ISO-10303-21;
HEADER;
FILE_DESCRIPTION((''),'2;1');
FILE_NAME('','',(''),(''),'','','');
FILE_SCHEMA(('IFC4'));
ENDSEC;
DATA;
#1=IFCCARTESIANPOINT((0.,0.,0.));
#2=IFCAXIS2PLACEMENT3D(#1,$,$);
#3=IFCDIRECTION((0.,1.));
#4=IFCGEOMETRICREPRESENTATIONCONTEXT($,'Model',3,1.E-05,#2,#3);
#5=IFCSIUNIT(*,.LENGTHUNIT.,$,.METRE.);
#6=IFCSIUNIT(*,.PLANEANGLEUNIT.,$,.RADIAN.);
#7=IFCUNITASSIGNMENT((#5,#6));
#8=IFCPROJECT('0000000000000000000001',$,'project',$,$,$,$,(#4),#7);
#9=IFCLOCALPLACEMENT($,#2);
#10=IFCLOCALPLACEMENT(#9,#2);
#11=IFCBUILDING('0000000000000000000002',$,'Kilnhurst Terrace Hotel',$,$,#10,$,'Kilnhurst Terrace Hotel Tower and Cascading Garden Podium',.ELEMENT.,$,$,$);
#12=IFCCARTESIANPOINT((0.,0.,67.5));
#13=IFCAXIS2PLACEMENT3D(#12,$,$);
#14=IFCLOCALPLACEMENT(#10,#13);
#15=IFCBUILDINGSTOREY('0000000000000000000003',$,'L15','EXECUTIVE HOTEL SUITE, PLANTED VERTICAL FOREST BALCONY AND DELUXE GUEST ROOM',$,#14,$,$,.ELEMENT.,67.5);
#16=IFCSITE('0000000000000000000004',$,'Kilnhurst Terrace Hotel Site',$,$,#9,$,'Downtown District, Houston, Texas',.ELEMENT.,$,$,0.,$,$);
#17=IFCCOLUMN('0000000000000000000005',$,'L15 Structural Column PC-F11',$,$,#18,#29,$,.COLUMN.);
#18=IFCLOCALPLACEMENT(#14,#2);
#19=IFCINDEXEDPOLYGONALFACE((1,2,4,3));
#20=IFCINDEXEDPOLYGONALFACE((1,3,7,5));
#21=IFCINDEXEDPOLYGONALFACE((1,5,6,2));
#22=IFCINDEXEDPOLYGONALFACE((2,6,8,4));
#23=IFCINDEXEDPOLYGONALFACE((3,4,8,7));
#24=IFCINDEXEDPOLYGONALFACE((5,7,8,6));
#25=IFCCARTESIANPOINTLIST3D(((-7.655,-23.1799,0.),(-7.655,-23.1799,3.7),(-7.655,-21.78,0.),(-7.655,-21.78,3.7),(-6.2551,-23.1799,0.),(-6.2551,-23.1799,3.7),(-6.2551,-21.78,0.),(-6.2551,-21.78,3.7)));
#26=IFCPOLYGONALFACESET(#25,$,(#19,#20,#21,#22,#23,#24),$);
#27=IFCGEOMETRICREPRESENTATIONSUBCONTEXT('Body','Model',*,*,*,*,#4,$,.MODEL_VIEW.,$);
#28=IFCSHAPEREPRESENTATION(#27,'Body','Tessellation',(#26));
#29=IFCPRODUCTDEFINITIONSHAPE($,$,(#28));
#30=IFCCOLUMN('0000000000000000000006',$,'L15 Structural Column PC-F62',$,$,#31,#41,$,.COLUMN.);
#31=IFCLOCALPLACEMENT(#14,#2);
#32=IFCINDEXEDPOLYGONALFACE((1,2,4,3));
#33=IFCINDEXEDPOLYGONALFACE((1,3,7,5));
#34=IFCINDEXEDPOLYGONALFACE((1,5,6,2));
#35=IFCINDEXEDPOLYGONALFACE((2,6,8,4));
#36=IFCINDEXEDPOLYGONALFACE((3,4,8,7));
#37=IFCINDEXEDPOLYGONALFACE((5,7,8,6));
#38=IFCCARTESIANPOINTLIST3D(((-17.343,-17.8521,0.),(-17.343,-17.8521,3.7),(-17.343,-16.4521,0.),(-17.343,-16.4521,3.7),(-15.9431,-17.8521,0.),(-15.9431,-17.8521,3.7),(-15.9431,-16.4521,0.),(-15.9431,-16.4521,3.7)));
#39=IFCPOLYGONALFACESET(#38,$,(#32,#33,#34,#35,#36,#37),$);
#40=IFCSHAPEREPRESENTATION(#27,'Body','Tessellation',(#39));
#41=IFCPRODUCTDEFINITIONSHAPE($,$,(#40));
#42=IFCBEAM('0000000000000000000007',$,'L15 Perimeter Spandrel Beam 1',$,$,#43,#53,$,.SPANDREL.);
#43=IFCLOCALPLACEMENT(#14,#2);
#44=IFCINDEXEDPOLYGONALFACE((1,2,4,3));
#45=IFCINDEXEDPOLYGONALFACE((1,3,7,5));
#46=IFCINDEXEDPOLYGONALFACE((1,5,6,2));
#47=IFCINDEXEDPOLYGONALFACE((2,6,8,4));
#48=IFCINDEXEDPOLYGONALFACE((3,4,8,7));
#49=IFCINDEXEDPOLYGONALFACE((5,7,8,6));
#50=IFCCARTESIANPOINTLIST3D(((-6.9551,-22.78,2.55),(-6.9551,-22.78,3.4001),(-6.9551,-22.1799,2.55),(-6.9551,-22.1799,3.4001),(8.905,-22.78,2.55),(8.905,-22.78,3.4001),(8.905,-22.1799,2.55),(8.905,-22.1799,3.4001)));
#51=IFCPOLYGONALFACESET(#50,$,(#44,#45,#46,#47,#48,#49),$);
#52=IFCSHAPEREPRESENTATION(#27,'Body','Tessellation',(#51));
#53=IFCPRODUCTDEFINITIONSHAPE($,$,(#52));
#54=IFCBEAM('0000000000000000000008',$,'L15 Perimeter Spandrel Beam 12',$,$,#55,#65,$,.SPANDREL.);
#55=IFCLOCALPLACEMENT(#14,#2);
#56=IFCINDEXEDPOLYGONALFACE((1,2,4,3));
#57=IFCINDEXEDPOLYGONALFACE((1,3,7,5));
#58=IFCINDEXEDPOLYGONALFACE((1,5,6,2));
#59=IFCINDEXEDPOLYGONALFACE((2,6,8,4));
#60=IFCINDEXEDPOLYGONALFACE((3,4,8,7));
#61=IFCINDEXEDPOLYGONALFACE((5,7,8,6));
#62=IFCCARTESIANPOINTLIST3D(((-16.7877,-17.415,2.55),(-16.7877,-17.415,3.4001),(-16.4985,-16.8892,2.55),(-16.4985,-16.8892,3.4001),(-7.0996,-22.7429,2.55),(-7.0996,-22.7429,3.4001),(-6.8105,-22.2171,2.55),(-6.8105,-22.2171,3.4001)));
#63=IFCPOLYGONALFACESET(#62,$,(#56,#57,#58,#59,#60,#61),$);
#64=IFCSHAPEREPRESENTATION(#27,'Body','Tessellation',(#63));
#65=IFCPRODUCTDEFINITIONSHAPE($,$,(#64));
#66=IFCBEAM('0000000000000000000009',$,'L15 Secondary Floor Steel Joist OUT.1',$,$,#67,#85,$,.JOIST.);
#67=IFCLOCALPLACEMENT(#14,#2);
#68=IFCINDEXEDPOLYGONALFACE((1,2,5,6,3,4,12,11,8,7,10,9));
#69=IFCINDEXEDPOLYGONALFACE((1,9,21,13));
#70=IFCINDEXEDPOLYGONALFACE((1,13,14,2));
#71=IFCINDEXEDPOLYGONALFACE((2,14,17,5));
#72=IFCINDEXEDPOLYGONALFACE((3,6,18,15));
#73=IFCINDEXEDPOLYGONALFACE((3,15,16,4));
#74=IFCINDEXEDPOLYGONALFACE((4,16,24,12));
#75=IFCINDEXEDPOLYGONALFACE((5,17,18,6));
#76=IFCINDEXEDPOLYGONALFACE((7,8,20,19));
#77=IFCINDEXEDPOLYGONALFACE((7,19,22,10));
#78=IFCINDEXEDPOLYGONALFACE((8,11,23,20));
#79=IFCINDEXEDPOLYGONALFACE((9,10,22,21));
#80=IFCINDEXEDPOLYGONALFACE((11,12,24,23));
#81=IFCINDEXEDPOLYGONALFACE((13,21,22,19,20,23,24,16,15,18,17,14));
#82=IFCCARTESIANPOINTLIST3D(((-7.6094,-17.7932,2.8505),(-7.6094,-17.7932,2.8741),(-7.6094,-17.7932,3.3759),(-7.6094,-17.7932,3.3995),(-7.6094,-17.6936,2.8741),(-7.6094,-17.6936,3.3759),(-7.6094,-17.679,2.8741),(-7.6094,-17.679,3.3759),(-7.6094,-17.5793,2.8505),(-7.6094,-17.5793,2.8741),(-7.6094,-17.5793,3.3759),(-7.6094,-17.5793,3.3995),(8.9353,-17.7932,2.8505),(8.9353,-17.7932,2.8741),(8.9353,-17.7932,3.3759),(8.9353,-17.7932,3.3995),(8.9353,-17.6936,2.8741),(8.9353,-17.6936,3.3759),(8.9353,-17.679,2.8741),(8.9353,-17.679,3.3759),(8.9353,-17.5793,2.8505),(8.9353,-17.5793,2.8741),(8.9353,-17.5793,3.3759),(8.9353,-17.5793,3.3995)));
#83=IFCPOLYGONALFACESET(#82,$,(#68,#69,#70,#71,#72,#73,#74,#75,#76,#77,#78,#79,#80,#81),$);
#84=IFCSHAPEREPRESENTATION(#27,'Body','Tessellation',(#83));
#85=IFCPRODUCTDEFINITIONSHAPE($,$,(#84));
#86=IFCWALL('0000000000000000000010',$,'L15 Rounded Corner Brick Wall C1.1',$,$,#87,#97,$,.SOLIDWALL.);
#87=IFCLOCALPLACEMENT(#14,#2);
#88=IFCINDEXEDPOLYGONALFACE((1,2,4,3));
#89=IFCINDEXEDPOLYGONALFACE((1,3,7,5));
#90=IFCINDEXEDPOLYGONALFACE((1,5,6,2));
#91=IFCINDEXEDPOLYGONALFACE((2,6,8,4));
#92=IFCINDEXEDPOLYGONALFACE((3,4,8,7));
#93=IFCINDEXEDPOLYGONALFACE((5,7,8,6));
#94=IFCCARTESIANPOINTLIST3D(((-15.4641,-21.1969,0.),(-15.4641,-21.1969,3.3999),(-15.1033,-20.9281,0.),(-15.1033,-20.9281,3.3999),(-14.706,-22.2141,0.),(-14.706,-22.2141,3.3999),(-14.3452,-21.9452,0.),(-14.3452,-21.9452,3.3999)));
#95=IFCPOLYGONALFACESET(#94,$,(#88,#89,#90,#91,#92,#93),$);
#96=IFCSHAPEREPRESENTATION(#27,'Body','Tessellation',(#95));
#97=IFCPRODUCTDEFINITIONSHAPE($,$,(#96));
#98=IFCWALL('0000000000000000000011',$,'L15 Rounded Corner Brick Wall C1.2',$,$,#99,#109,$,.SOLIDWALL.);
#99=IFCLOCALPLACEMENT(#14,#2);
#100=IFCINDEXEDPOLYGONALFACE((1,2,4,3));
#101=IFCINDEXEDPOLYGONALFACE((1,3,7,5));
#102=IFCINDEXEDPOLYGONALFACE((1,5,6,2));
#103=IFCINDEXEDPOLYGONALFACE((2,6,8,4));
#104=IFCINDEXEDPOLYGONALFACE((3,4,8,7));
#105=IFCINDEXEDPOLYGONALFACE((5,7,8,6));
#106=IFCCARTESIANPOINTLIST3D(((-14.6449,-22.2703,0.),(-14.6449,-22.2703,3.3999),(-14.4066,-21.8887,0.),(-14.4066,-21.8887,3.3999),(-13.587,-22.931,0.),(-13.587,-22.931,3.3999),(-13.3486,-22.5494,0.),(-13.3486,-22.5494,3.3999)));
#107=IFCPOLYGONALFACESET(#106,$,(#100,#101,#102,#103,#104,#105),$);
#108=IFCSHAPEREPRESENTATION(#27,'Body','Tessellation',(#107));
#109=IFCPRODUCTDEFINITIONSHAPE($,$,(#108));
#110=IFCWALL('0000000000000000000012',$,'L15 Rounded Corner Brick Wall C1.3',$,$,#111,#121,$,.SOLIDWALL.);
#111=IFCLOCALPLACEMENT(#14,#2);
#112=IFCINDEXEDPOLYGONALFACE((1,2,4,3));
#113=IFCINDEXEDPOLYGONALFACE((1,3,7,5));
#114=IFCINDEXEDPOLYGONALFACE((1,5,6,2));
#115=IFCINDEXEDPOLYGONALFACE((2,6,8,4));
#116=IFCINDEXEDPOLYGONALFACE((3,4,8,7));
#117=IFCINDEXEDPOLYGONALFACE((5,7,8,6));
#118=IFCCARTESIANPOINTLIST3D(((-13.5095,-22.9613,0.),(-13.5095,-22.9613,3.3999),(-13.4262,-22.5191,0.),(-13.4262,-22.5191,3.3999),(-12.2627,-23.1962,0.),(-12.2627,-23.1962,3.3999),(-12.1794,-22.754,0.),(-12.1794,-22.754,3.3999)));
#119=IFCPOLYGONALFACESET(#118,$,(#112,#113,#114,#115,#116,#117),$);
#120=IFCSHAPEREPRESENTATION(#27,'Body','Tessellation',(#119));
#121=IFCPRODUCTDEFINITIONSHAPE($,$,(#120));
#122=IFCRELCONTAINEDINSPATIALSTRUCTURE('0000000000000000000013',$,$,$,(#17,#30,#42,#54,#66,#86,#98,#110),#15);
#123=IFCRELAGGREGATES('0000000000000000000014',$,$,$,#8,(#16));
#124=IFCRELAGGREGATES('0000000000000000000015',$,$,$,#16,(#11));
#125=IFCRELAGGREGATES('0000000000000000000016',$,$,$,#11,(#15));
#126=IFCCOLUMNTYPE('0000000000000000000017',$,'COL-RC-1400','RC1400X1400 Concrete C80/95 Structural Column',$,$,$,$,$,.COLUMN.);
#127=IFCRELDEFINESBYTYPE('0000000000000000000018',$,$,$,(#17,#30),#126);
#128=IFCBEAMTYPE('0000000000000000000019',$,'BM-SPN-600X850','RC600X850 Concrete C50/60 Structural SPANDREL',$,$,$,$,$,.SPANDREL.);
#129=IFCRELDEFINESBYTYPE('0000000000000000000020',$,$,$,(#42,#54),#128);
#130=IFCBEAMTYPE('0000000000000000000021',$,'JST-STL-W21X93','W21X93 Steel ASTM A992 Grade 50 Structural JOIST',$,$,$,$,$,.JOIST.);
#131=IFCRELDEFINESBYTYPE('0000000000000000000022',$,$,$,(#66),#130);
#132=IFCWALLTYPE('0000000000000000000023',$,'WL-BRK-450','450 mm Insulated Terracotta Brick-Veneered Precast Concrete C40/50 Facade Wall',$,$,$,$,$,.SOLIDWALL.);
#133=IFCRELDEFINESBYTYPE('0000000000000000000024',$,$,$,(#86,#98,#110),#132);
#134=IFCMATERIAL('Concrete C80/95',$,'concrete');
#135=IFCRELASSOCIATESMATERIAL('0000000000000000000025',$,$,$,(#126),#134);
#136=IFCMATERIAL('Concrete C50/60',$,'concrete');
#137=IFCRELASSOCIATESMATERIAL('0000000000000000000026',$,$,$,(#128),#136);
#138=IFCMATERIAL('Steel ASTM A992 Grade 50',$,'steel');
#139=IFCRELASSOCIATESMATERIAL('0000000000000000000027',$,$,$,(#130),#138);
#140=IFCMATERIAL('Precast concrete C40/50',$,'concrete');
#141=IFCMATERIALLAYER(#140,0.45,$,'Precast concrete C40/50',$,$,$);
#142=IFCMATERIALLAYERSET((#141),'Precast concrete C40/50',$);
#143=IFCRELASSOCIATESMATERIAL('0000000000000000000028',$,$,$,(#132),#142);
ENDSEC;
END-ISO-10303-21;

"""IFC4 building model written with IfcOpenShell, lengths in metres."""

from ifc_helpers import new_model, si_unit, direction, frame, frame_2d, origin, origin_2d, place, context, subcontext, project, spatial, rectangle, i_section, extrude, material, layer, layer_set, material_profile, profile_set, type_object, element, save


model = new_model("IFC4")

# Units and contexts
model_context = context("Model", 3, precision=1e-05, world=origin(), true_north=direction((0.0, 1.0)))
body_context = subcontext(model_context, "Body", "Model", "MODEL_VIEW")
ifc_project = project(units=[si_unit("LENGTHUNIT", "METRE"), si_unit("PLANEANGLEUNIT", "RADIAN")], contexts=[model_context])

# Site, building, storey
site_placement = place(None, origin())
site = spatial("IfcSite", under=ifc_project, at=site_placement, Name="Kilnhurst Terrace Hotel Site", LongName="Downtown District, Houston, Texas", CompositionType="ELEMENT", RefElevation=0.0)
building_placement = place(site_placement, origin())
building = spatial("IfcBuilding", under=site, at=building_placement, Name="Kilnhurst Terrace Hotel", LongName="Kilnhurst Terrace Hotel Tower and Cascading Garden Podium", CompositionType="ELEMENT")
storey_placement = place(building_placement, frame((0.0, 0.0, 67.5)))
storey = spatial("IfcBuildingStorey", under=building, at=storey_placement, Name="L15", Description="EXECUTIVE HOTEL SUITE, PLANTED VERTICAL FOREST BALCONY AND DELUXE GUEST ROOM", CompositionType="ELEMENT", Elevation=67.5)

# Columns
ifc_material_1 = material(Name="Concrete C80/95", Category="concrete")
ifc_material_profile_1 = material_profile(ifc_material_1, rectangle(XDim=1.3999, YDim=1.3999, at=origin_2d()), Name="RC1400X1400")
ifc_profile_set_1 = profile_set([ifc_material_profile_1], Name="Concrete C80/95")
column_type = type_object("IfcColumnType", Name="COL-RC-1400", Description="RC1400X1400 Concrete C80/95 Structural Column", PredefinedType="COLUMN", material=ifc_profile_set_1)
for number, where, z_axis, x_axis, name in (
    (1, (-6.9551, -22.48, 0.0), (0.0, 0.0, 1.0), (1.0, 0.0, 0.0), "L15 Structural Column PC-F11"),
    (2, (-16.6431, -17.1521, 0.0), (0.0, 0.0, 1.0), (1.0, 0.0, 0.0), "L15 Structural Column PC-F62"),
):
    element("IfcColumn", number, at=place(storey_placement, frame(where, z_axis=z_axis, x_axis=x_axis)), inside=storey, type_object=column_type, Name=name, PredefinedType="COLUMN", context=body_context, shape_type="SweptSolid", body=[
        extrude(rectangle(XDim=1.3999, YDim=1.3999, at=origin_2d()), origin(), (0.0, 0.0, 1.0), 3.7),
    ])

# Beams
ifc_material_2 = material(Name="Concrete C50/60", Category="concrete")
ifc_material_profile_2 = material_profile(ifc_material_2, rectangle(XDim=0.6001, YDim=0.8501, at=origin_2d()), Name="RC600X850")
ifc_profile_set_2 = profile_set([ifc_material_profile_2], Name="Concrete C50/60")
beam_type_1 = type_object("IfcBeamType", Name="BM-SPN-600X850", Description="RC600X850 Concrete C50/60 Structural SPANDREL", PredefinedType="SPANDREL", material=ifc_profile_set_2)
beam_1_placement = place(storey_placement, frame((-6.9551, -22.48, 2.9751), z_axis=(1.0, 0.0, 0.0), x_axis=(0.0, 1.0, 0.0)))
element("IfcBeam", 3, at=beam_1_placement, inside=storey, type_object=beam_type_1, Name="L15 Perimeter Spandrel Beam 1", PredefinedType="SPANDREL", context=body_context, shape_type="SweptSolid", body=[
    extrude(rectangle(XDim=0.6001, YDim=0.8501, at=origin_2d()), origin(), (0.0, 0.0, 1.0), 15.8601),
])
beam_2_placement = place(storey_placement, frame((-16.6431, -17.1521, 2.9751), z_axis=(0.876235, -0.481883, 0.0), x_axis=(0.481883, 0.876235, 0.0)))
element("IfcBeam", 4, at=beam_2_placement, inside=storey, type_object=beam_type_1, Name="L15 Perimeter Spandrel Beam 12", PredefinedType="SPANDREL", context=body_context, shape_type="SweptSolid", body=[
    extrude(rectangle(XDim=0.6001, YDim=0.8501, at=origin_2d()), origin(), (0.0, 0.0, 1.0), 11.0564),
])
ifc_material_3 = material(Name="Steel ASTM A992 Grade 50", Category="steel")
ifc_material_profile_3 = material_profile(ifc_material_3, i_section(OverallWidth=0.2139, OverallDepth=0.5491, WebThickness=0.0146, FlangeThickness=0.0237, at=origin_2d()), Name="W21X93")
ifc_profile_set_3 = profile_set([ifc_material_profile_3], Name="Steel ASTM A992 Grade 50")
beam_type_2 = type_object("IfcBeamType", Name="JST-STL-W21X93", Description="W21X93 Steel ASTM A992 Grade 50 Structural JOIST", PredefinedType="JOIST", material=ifc_profile_set_3)
beam_3_placement = place(storey_placement, frame((-7.6094, -17.6863, 3.125), z_axis=(1.0, 0.0, 0.0), x_axis=(0.0, 1.0, 0.0)))
element("IfcBeam", 5, at=beam_3_placement, inside=storey, type_object=beam_type_2, Name="L15 Secondary Floor Steel Joist OUT.1", PredefinedType="JOIST", context=body_context, shape_type="SweptSolid", body=[
    extrude(i_section(OverallWidth=0.2139, OverallDepth=0.5491, WebThickness=0.0146, FlangeThickness=0.0237, at=origin_2d()), origin(), (0.0, 0.0, 1.0), 16.5447),
])

# Walls
ifc_material_4 = material(Name="Precast concrete C40/50", Category="concrete")
ifc_layer_1 = layer(ifc_material_4, 0.45, Name="Precast concrete C40/50")
ifc_layer_set_1 = layer_set([ifc_layer_1], Name="Precast concrete C40/50")
wall_type_1 = type_object("IfcWallType", Name="WL-BRK-450", Description="450 mm Insulated Terracotta Brick-Veneered Precast Concrete C40/50 Facade Wall", PredefinedType="SOLIDWALL", material=ifc_layer_set_1)
wall_1_placement = place(storey_placement, frame((-15.2837, -21.0625, 0.0), z_axis=(0.0, 0.0, 1.0), x_axis=(0.597595, -0.801798, 0.0)))
element("IfcWall", 6, at=wall_1_placement, inside=storey, type_object=wall_type_1, Name="L15 Rounded Corner Brick Wall C1.1", PredefinedType="SOLIDWALL", context=body_context, shape_type="SweptSolid", body=[
    extrude(rectangle(XDim=1.2686, YDim=0.45, at=frame_2d((0.6343, 0.0))), origin(), (0.0, 0.0, 1.0), 3.3999),
])
wall_2_placement = place(storey_placement, frame((-14.5256, -22.0796, 0.0), z_axis=(0.0, 0.0, 1.0), x_axis=(0.848185, -0.5297, 0.0)))
element("IfcWall", 7, at=wall_2_placement, inside=storey, type_object=wall_type_1, Name="L15 Rounded Corner Brick Wall C1.2", PredefinedType="SOLIDWALL", context=body_context, shape_type="SweptSolid", body=[
    extrude(rectangle(XDim=1.2473, YDim=0.45, at=frame_2d((0.6235, 0.0))), origin(), (0.0, 0.0, 1.0), 3.3999),
])
wall_3_placement = place(storey_placement, frame((-13.4678, -22.7402, 0.0), z_axis=(0.0, 0.0, 1.0), x_axis=(0.982717, -0.185113, 0.0)))
element("IfcWall", 8, at=wall_3_placement, inside=storey, type_object=wall_type_1, Name="L15 Rounded Corner Brick Wall C1.3", PredefinedType="SOLIDWALL", context=body_context, shape_type="SweptSolid", body=[
    extrude(rectangle(XDim=1.2688, YDim=0.45, at=frame_2d((0.6343, 0.0))), origin(), (0.0, 0.0, 1.0), 3.3999),
])

save(model, "model.ifc")
